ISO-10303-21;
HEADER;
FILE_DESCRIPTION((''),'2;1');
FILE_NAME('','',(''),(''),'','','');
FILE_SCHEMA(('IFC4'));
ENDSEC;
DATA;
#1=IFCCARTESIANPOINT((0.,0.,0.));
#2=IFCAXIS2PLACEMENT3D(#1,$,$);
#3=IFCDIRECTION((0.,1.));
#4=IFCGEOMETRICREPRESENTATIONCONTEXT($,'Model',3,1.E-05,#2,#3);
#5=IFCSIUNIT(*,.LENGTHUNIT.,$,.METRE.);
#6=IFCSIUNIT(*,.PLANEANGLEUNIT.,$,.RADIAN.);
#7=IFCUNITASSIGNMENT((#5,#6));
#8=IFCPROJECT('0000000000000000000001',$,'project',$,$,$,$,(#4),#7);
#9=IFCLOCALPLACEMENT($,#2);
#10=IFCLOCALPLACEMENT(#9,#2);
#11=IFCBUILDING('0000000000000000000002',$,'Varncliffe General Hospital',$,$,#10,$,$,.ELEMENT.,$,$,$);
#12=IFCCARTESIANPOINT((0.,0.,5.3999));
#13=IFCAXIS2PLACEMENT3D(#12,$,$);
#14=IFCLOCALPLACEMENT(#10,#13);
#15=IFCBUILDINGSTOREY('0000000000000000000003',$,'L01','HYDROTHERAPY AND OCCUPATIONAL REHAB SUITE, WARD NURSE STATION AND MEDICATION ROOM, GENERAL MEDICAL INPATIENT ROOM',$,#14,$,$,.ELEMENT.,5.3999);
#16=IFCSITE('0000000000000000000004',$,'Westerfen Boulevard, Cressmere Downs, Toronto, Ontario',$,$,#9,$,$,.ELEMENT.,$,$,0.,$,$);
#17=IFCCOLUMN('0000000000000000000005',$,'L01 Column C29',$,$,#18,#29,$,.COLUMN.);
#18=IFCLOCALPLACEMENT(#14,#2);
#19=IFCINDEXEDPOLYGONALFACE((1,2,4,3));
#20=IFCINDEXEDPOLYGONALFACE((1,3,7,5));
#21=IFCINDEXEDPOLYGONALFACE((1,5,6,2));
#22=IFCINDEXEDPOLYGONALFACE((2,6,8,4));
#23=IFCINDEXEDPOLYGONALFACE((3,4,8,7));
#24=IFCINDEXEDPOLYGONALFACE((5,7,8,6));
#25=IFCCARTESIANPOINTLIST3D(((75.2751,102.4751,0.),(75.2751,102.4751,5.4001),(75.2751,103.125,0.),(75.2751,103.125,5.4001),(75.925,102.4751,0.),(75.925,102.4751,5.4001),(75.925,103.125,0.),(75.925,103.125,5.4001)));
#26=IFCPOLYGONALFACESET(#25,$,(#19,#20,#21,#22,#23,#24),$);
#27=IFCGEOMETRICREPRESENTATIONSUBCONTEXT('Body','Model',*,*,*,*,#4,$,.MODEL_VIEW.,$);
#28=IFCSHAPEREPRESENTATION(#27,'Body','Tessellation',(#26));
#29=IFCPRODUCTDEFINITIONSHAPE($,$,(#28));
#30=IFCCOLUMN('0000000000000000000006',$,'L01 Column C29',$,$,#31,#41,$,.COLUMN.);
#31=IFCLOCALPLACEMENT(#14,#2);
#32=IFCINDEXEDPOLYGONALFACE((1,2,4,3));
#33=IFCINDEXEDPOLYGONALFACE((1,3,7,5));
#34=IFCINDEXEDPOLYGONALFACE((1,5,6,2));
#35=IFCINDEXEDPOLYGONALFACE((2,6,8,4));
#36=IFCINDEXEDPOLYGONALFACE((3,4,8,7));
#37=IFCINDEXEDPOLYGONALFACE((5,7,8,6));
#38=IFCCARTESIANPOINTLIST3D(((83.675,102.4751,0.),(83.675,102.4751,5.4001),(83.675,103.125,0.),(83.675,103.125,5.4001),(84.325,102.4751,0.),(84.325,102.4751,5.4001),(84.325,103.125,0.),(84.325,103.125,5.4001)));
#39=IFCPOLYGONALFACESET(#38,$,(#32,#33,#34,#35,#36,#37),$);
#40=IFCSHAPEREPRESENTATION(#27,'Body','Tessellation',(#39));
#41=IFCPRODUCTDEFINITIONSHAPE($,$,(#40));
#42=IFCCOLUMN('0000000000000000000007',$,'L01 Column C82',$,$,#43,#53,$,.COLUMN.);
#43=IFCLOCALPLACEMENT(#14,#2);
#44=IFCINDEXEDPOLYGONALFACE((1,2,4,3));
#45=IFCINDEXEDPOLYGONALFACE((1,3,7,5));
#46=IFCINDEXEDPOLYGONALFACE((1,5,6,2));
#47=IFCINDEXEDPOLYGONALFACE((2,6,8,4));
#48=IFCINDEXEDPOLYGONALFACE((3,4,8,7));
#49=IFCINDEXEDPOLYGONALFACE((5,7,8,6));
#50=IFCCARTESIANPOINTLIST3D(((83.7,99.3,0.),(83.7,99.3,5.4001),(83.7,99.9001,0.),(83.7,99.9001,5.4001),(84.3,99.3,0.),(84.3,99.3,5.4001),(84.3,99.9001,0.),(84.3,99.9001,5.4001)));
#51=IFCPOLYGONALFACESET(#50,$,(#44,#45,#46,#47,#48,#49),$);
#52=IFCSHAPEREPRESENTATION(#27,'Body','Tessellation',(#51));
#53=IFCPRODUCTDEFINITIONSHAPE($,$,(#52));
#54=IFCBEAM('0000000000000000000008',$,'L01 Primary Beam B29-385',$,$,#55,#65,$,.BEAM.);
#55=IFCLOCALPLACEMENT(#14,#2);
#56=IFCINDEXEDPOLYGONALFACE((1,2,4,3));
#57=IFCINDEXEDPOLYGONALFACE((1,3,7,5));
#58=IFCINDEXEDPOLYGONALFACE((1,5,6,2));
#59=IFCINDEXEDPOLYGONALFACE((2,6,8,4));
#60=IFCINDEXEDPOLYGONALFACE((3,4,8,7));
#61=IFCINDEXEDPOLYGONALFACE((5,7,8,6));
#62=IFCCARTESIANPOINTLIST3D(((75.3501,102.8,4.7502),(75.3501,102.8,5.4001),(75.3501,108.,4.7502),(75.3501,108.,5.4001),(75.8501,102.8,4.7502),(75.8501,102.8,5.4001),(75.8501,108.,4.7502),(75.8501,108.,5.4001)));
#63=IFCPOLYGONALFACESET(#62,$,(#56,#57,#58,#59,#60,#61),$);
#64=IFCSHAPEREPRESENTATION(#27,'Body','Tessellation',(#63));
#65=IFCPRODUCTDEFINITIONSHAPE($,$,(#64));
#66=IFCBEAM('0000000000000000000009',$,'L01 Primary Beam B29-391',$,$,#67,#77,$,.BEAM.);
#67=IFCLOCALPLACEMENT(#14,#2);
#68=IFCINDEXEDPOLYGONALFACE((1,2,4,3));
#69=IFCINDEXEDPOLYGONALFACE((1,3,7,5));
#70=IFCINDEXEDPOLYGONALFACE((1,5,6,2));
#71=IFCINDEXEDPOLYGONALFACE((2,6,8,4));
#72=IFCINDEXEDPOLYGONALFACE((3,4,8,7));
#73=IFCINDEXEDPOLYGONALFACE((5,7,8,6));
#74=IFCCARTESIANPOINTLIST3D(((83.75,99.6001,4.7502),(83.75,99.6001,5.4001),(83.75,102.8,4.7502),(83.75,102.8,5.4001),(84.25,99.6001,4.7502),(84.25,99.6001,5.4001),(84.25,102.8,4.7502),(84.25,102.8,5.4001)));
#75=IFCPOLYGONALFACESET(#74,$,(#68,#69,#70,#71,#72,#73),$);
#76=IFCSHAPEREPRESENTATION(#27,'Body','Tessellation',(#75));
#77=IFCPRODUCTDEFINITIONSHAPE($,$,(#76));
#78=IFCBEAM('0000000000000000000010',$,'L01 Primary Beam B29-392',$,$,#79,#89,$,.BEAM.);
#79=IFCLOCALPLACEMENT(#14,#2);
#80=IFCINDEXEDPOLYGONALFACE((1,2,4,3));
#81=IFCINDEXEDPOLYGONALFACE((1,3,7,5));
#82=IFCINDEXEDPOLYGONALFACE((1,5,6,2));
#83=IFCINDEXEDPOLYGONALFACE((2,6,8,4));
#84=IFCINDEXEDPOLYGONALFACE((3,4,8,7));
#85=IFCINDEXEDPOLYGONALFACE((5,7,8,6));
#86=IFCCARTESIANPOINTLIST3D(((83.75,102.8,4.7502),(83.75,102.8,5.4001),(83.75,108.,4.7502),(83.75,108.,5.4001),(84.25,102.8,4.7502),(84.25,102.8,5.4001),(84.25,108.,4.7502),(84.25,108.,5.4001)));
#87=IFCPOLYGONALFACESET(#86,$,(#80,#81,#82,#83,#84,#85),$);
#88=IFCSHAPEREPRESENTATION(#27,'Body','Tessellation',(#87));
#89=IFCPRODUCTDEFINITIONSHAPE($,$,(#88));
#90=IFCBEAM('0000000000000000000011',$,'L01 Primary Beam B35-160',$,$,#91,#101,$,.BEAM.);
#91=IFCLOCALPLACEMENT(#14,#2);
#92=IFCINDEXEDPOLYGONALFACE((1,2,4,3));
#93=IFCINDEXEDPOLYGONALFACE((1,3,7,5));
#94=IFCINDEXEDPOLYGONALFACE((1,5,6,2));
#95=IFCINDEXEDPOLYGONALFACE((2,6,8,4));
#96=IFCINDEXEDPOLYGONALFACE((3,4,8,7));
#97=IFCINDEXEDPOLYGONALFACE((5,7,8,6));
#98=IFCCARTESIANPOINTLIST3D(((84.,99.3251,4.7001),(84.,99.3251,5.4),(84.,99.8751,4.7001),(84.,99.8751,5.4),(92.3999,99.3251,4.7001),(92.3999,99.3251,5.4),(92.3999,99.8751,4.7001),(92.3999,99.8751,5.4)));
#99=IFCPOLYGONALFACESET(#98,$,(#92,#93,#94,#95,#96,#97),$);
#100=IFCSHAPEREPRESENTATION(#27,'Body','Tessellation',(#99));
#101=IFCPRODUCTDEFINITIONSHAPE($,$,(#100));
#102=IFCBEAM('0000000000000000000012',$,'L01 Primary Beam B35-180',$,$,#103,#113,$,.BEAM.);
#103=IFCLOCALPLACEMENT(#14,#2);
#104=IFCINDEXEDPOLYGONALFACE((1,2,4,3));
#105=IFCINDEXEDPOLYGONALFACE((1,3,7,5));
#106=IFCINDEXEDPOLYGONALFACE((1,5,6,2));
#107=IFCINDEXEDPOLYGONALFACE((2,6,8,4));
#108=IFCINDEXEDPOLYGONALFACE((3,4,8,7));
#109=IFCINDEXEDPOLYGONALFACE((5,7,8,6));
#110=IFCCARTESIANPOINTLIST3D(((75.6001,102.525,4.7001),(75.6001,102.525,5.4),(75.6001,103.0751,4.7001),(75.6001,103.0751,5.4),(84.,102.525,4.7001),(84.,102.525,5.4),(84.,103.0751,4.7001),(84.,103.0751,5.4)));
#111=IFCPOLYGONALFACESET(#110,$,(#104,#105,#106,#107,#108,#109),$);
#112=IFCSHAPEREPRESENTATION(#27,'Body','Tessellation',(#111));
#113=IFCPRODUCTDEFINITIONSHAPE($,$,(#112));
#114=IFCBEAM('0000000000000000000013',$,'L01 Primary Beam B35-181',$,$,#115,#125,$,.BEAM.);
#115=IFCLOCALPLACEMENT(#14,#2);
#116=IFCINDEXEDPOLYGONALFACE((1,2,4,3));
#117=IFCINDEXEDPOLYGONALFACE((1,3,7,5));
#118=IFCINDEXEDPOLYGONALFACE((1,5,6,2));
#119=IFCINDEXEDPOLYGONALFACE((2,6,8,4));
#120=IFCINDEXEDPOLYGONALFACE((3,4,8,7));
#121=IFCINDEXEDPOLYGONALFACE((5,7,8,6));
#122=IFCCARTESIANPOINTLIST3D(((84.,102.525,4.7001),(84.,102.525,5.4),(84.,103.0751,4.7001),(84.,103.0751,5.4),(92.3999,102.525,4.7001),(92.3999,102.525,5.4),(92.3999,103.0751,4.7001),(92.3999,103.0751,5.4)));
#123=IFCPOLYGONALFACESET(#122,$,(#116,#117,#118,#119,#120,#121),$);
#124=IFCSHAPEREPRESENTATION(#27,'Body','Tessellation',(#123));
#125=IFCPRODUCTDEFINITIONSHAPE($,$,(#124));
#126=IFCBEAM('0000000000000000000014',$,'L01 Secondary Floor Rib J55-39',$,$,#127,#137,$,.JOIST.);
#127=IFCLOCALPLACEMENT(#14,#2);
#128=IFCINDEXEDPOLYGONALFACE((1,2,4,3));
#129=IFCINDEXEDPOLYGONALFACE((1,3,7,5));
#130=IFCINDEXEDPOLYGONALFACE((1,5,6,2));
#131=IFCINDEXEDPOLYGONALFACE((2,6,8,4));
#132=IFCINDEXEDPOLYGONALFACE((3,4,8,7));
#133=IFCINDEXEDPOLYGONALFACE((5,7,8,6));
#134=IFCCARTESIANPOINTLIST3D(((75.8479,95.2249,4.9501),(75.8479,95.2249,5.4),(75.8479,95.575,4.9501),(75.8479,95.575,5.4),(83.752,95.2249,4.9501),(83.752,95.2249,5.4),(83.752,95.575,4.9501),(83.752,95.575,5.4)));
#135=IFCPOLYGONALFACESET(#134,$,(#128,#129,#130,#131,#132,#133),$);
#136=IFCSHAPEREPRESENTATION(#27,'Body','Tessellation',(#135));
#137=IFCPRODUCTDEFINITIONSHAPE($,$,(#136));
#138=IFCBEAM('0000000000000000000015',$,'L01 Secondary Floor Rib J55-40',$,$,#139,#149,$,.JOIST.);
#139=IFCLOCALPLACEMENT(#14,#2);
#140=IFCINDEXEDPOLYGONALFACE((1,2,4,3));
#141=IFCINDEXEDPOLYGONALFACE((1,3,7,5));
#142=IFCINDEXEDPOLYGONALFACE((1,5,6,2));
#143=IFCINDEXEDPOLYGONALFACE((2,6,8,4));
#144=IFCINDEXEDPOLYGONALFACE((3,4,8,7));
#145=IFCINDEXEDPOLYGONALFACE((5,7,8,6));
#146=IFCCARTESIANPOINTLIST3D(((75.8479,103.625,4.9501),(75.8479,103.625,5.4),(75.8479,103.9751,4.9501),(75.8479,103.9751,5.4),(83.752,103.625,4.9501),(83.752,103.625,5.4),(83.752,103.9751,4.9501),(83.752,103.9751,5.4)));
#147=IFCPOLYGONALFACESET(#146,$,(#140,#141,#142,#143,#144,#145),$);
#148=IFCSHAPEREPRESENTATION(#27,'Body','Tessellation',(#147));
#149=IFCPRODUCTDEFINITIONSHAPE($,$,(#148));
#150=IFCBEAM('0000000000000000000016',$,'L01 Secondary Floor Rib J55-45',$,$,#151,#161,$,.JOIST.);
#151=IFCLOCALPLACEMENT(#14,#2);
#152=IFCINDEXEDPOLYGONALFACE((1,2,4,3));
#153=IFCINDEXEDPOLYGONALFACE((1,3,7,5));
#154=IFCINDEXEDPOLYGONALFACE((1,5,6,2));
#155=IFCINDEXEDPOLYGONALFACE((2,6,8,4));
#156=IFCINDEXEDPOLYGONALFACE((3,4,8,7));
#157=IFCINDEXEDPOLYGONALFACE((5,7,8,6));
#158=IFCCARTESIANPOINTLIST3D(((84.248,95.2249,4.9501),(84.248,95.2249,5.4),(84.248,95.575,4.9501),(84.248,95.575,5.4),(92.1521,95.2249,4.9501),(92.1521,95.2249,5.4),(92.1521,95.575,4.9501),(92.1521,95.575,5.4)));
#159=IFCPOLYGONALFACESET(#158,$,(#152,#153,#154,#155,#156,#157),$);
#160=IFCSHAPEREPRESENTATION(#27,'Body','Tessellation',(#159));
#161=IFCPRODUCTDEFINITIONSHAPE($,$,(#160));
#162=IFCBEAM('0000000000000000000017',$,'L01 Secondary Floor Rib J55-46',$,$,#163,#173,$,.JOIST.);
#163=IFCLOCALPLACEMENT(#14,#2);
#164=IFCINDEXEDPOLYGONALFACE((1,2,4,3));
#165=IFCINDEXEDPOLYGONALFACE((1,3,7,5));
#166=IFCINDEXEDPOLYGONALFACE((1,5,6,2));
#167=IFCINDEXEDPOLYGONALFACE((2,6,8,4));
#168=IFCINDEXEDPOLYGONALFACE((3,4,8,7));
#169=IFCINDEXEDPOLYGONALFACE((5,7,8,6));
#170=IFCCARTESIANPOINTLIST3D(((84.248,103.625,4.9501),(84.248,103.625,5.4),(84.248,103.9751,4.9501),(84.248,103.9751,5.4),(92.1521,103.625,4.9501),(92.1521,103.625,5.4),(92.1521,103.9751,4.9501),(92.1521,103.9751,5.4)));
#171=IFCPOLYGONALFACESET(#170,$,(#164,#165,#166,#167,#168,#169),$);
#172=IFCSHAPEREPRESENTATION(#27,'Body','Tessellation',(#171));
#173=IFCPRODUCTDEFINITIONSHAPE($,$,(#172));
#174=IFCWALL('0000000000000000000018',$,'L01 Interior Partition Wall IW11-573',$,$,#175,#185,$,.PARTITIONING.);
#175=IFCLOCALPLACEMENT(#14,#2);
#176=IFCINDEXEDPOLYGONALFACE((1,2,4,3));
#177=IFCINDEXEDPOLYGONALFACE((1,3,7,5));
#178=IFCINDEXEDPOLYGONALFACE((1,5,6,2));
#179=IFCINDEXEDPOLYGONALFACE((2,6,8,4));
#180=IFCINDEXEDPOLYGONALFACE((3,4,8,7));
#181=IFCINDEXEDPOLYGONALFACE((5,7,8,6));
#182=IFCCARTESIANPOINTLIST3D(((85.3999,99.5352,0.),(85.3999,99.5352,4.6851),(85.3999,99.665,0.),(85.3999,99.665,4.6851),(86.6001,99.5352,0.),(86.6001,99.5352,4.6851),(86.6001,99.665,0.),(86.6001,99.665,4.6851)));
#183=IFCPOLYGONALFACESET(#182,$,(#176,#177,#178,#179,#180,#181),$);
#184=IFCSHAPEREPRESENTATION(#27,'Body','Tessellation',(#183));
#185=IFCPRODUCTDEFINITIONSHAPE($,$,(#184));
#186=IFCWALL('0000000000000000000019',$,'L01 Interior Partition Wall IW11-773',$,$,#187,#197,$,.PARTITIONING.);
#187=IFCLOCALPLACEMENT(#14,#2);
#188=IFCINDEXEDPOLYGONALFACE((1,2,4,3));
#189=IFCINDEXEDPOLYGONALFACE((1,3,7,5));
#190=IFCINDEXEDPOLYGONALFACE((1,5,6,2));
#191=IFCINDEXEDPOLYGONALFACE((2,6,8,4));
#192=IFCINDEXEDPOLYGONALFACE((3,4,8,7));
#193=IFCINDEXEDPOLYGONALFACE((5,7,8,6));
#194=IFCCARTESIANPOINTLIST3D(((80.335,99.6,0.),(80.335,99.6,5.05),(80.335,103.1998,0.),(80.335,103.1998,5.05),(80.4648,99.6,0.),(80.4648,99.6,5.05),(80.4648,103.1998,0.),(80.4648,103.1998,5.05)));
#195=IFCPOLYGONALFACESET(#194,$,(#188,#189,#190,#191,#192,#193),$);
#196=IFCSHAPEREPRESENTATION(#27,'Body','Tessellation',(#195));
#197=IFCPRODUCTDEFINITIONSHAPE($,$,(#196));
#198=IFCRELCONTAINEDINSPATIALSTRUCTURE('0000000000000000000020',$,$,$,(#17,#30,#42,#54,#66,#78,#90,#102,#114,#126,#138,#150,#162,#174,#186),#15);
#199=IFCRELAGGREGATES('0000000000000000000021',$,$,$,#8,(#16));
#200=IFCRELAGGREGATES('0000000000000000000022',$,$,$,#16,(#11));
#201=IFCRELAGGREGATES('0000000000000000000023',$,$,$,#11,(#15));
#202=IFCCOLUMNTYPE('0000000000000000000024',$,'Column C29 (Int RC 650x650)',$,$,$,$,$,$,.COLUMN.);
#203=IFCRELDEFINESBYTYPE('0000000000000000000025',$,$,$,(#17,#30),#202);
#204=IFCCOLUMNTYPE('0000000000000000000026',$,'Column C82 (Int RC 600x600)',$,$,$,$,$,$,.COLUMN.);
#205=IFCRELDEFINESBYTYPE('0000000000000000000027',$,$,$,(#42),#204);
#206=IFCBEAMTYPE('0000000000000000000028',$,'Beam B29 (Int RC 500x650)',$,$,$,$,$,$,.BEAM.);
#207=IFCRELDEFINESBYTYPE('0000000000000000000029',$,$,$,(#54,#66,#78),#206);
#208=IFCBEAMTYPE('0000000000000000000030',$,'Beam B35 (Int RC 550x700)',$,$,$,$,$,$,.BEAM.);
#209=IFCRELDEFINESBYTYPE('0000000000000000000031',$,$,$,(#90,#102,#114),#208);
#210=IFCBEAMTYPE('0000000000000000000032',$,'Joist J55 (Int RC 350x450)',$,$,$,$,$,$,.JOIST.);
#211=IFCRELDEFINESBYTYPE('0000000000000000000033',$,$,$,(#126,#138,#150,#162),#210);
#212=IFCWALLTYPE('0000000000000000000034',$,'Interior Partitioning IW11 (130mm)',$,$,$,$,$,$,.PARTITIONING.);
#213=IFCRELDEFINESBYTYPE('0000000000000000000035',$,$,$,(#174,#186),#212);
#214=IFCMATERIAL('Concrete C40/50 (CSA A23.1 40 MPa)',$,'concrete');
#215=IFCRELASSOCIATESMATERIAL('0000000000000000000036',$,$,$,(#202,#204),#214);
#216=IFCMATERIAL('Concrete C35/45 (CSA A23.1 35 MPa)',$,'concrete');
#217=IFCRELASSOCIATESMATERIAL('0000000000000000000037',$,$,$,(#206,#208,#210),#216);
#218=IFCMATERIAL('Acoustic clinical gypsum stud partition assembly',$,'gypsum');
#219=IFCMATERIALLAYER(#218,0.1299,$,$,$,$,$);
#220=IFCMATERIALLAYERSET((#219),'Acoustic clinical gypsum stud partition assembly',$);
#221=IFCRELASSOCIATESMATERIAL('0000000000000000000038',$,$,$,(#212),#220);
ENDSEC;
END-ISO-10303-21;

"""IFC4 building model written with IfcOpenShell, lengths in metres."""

from ifc_helpers import new_model, si_unit, direction, frame, frame_2d, origin, origin_2d, place, context, subcontext, project, spatial, rectangle, extrude, material, layer, layer_set, material_profile, profile_set, type_object, element, save


model = new_model("IFC4")

# Units and contexts
model_context = context("Model", 3, precision=1e-05, world=origin(), true_north=direction((0.0, 1.0)))
body_context = subcontext(model_context, "Body", "Model", "MODEL_VIEW")
ifc_project = project(units=[si_unit("LENGTHUNIT", "METRE"), si_unit("PLANEANGLEUNIT", "RADIAN")], contexts=[model_context])

# Site, building, storey
site_placement = place(None, origin())
site = spatial("IfcSite", under=ifc_project, at=site_placement, Name="Westerfen Boulevard, Cressmere Downs, Toronto, Ontario", CompositionType="ELEMENT", RefElevation=0.0)
building_placement = place(site_placement, origin())
building = spatial("IfcBuilding", under=site, at=building_placement, Name="Varncliffe General Hospital", CompositionType="ELEMENT")
storey_placement = place(building_placement, frame((0.0, 0.0, 5.3999)))
storey = spatial("IfcBuildingStorey", under=building, at=storey_placement, Name="L01", Description="HYDROTHERAPY AND OCCUPATIONAL REHAB SUITE, WARD NURSE STATION AND MEDICATION ROOM, GENERAL MEDICAL INPATIENT ROOM", CompositionType="ELEMENT", Elevation=5.3999)

# Columns
ifc_material_1 = material(Name="Concrete C40/50 (CSA A23.1 40 MPa)", Category="concrete")
ifc_material_profile_1 = material_profile(ifc_material_1, rectangle(XDim=0.6499, YDim=0.6499, at=origin_2d()), Name="RC 650x650")
ifc_profile_set_1 = profile_set([ifc_material_profile_1], Name="Concrete C40/50 (CSA A23.1 40 MPa)")
column_type_1 = type_object("IfcColumnType", Name="Column C29 (Int RC 650x650)", PredefinedType="COLUMN", material=ifc_profile_set_1)
for number, where, z_axis, x_axis, name in (
    (1, (75.6001, 102.8, 0.0), (0.0, 0.0, 1.0), (1.0, 0.0, 0.0), "L01 Column C29"),
    (2, (84.0, 102.8, 0.0), (0.0, 0.0, 1.0), (1.0, 0.0, 0.0), "L01 Column C29"),
):
    element("IfcColumn", number, at=place(storey_placement, frame(where, z_axis=z_axis, x_axis=x_axis)), inside=storey, type_object=column_type_1, Name=name, PredefinedType="COLUMN", context=body_context, shape_type="SweptSolid", body=[
        extrude(rectangle(XDim=0.6499, YDim=0.6499, at=origin_2d()), origin(), (0.0, 0.0, 1.0), 5.4001),
    ])
ifc_material_profile_2 = material_profile(ifc_material_1, rectangle(XDim=0.6001, YDim=0.6001, at=origin_2d()), Name="RC 600x600")
ifc_profile_set_2 = profile_set([ifc_material_profile_2], Name="Concrete C40/50 (CSA A23.1 40 MPa)")
column_type_2 = type_object("IfcColumnType", Name="Column C82 (Int RC 600x600)", PredefinedType="COLUMN", material=ifc_profile_set_2)
column_placement = place(storey_placement, frame((84.0, 99.6001, 0.0), z_axis=(0.0, 0.0, 1.0), x_axis=(1.0, 0.0, 0.0)))
element("IfcColumn", 3, at=column_placement, inside=storey, type_object=column_type_2, Name="L01 Column C82", PredefinedType="COLUMN", context=body_context, shape_type="SweptSolid", body=[
    extrude(rectangle(XDim=0.6001, YDim=0.6001, at=origin_2d()), origin(), (0.0, 0.0, 1.0), 5.4001),
])

# Beams
ifc_material_2 = material(Name="Concrete C35/45 (CSA A23.1 35 MPa)", Category="concrete")
ifc_material_profile_3 = material_profile(ifc_material_2, rectangle(XDim=0.5, YDim=0.6499, at=origin_2d()), Name="RC 500x650")
ifc_profile_set_3 = profile_set([ifc_material_profile_3], Name="Concrete C35/45 (CSA A23.1 35 MPa)")
beam_type_1 = type_object("IfcBeamType", Name="Beam B29 (Int RC 500x650)", PredefinedType="BEAM", material=ifc_profile_set_3)
beam_1_placement = place(storey_placement, frame((75.6001, 102.8, 5.0752), z_axis=(0.0, 1.0, 0.0), x_axis=(-1.0, 0.0, 0.0)))
element("IfcBeam", 4, at=beam_1_placement, inside=storey, type_object=beam_type_1, Name="L01 Primary Beam B29-385", PredefinedType="BEAM", context=body_context, shape_type="SweptSolid", body=[
    extrude(rectangle(XDim=0.5, YDim=0.6499, at=origin_2d()), origin(), (0.0, 0.0, 1.0), 5.2),
])
beam_2_placement = place(storey_placement, frame((84.0, 99.6001, 5.0752), z_axis=(0.0, 1.0, 0.0), x_axis=(-1.0, 0.0, 0.0)))
element("IfcBeam", 5, at=beam_2_placement, inside=storey, type_object=beam_type_1, Name="L01 Primary Beam B29-391", PredefinedType="BEAM", context=body_context, shape_type="SweptSolid", body=[
    extrude(rectangle(XDim=0.5, YDim=0.6499, at=origin_2d()), origin(), (0.0, 0.0, 1.0), 3.2),
])
beam_3_placement = place(storey_placement, frame((84.0, 102.8, 5.0752), z_axis=(0.0, 1.0, 0.0), x_axis=(-1.0, 0.0, 0.0)))
element("IfcBeam", 6, at=beam_3_placement, inside=storey, type_object=beam_type_1, Name="L01 Primary Beam B29-392", PredefinedType="BEAM", context=body_context, shape_type="SweptSolid", body=[
    extrude(rectangle(XDim=0.5, YDim=0.6499, at=origin_2d()), origin(), (0.0, 0.0, 1.0), 5.2),
])
ifc_material_profile_4 = material_profile(ifc_material_2, rectangle(XDim=0.55, YDim=0.7, at=origin_2d()), Name="RC 550x700")
ifc_profile_set_4 = profile_set([ifc_material_profile_4], Name="Concrete C35/45 (CSA A23.1 35 MPa)")
beam_type_2 = type_object("IfcBeamType", Name="Beam B35 (Int RC 550x700)", PredefinedType="BEAM", material=ifc_profile_set_4)
for number, where, z_axis, x_axis, name in (
    (7, (84.0, 99.6001, 5.05), (1.0, 0.0, 0.0), (0.0, 1.0, 0.0), "L01 Primary Beam B35-160"),
    (8, (75.6001, 102.8, 5.05), (1.0, 0.0, 0.0), (0.0, 1.0, 0.0), "L01 Primary Beam B35-180"),
    (9, (84.0, 102.8, 5.05), (1.0, 0.0, 0.0), (0.0, 1.0, 0.0), "L01 Primary Beam B35-181"),
):
    element("IfcBeam", number, at=place(storey_placement, frame(where, z_axis=z_axis, x_axis=x_axis)), inside=storey, type_object=beam_type_2, Name=name, PredefinedType="BEAM", context=body_context, shape_type="SweptSolid", body=[
        extrude(rectangle(XDim=0.55, YDim=0.7, at=origin_2d()), origin(), (0.0, 0.0, 1.0), 8.3999),
    ])
ifc_material_profile_5 = material_profile(ifc_material_2, rectangle(XDim=0.3501, YDim=0.45, at=origin_2d()), Name="RC 350x450")
ifc_profile_set_5 = profile_set([ifc_material_profile_5], Name="Concrete C35/45 (CSA A23.1 35 MPa)")
beam_type_3 = type_object("IfcBeamType", Name="Joist J55 (Int RC 350x450)", PredefinedType="JOIST", material=ifc_profile_set_5)
for number, where, z_axis, x_axis, name in (
    (10, (75.8479, 95.3999, 5.175), (1.0, 0.0, 0.0), (0.0, 1.0, 0.0), "L01 Secondary Floor Rib J55-39"),
    (11, (75.8479, 103.8, 5.175), (1.0, 0.0, 0.0), (0.0, 1.0, 0.0), "L01 Secondary Floor Rib J55-40"),
    (12, (84.248, 95.3999, 5.175), (1.0, 0.0, 0.0), (0.0, 1.0, 0.0), "L01 Secondary Floor Rib J55-45"),
    (13, (84.248, 103.8, 5.175), (1.0, 0.0, 0.0), (0.0, 1.0, 0.0), "L01 Secondary Floor Rib J55-46"),
):
    element("IfcBeam", number, at=place(storey_placement, frame(where, z_axis=z_axis, x_axis=x_axis)), inside=storey, type_object=beam_type_3, Name=name, PredefinedType="JOIST", context=body_context, shape_type="SweptSolid", body=[
        extrude(rectangle(XDim=0.3501, YDim=0.45, at=origin_2d()), origin(), (0.0, 0.0, 1.0), 7.9041),
    ])

# Walls
ifc_material_3 = material(Name="Acoustic clinical gypsum stud partition assembly", Category="gypsum")
ifc_layer_1 = layer(ifc_material_3, 0.1299)
ifc_layer_set_1 = layer_set([ifc_layer_1], Name="Acoustic clinical gypsum stud partition assembly")
wall_type_1 = type_object("IfcWallType", Name="Interior Partitioning IW11 (130mm)", PredefinedType="PARTITIONING", material=ifc_layer_set_1)
wall_1_placement = place(storey_placement, frame((85.3999, 99.6001, 0.0), z_axis=(0.0, 0.0, 1.0), x_axis=(1.0, 0.0, 0.0)))
element("IfcWall", 14, at=wall_1_placement, inside=storey, type_object=wall_type_1, Name="L01 Interior Partition Wall IW11-573", PredefinedType="PARTITIONING", context=body_context, shape_type="SweptSolid", body=[
    extrude(rectangle(XDim=1.2002, YDim=0.1299, at=frame_2d((0.6001, 0.0))), origin(), (0.0, 0.0, 1.0), 4.6851),
])
wall_2_placement = place(storey_placement, frame((80.3999, 99.6001, 0.0), z_axis=(0.0, 0.0, 1.0), x_axis=(0.0, 1.0, 0.0)))
element("IfcWall", 15, at=wall_2_placement, inside=storey, type_object=wall_type_1, Name="L01 Interior Partition Wall IW11-773", PredefinedType="PARTITIONING", context=body_context, shape_type="SweptSolid", body=[
    extrude(rectangle(XDim=3.5999, YDim=0.1299, at=frame_2d((1.7998, 0.0))), origin(), (0.0, 0.0, 1.0), 5.05),
])

save(model, "model.ifc")
